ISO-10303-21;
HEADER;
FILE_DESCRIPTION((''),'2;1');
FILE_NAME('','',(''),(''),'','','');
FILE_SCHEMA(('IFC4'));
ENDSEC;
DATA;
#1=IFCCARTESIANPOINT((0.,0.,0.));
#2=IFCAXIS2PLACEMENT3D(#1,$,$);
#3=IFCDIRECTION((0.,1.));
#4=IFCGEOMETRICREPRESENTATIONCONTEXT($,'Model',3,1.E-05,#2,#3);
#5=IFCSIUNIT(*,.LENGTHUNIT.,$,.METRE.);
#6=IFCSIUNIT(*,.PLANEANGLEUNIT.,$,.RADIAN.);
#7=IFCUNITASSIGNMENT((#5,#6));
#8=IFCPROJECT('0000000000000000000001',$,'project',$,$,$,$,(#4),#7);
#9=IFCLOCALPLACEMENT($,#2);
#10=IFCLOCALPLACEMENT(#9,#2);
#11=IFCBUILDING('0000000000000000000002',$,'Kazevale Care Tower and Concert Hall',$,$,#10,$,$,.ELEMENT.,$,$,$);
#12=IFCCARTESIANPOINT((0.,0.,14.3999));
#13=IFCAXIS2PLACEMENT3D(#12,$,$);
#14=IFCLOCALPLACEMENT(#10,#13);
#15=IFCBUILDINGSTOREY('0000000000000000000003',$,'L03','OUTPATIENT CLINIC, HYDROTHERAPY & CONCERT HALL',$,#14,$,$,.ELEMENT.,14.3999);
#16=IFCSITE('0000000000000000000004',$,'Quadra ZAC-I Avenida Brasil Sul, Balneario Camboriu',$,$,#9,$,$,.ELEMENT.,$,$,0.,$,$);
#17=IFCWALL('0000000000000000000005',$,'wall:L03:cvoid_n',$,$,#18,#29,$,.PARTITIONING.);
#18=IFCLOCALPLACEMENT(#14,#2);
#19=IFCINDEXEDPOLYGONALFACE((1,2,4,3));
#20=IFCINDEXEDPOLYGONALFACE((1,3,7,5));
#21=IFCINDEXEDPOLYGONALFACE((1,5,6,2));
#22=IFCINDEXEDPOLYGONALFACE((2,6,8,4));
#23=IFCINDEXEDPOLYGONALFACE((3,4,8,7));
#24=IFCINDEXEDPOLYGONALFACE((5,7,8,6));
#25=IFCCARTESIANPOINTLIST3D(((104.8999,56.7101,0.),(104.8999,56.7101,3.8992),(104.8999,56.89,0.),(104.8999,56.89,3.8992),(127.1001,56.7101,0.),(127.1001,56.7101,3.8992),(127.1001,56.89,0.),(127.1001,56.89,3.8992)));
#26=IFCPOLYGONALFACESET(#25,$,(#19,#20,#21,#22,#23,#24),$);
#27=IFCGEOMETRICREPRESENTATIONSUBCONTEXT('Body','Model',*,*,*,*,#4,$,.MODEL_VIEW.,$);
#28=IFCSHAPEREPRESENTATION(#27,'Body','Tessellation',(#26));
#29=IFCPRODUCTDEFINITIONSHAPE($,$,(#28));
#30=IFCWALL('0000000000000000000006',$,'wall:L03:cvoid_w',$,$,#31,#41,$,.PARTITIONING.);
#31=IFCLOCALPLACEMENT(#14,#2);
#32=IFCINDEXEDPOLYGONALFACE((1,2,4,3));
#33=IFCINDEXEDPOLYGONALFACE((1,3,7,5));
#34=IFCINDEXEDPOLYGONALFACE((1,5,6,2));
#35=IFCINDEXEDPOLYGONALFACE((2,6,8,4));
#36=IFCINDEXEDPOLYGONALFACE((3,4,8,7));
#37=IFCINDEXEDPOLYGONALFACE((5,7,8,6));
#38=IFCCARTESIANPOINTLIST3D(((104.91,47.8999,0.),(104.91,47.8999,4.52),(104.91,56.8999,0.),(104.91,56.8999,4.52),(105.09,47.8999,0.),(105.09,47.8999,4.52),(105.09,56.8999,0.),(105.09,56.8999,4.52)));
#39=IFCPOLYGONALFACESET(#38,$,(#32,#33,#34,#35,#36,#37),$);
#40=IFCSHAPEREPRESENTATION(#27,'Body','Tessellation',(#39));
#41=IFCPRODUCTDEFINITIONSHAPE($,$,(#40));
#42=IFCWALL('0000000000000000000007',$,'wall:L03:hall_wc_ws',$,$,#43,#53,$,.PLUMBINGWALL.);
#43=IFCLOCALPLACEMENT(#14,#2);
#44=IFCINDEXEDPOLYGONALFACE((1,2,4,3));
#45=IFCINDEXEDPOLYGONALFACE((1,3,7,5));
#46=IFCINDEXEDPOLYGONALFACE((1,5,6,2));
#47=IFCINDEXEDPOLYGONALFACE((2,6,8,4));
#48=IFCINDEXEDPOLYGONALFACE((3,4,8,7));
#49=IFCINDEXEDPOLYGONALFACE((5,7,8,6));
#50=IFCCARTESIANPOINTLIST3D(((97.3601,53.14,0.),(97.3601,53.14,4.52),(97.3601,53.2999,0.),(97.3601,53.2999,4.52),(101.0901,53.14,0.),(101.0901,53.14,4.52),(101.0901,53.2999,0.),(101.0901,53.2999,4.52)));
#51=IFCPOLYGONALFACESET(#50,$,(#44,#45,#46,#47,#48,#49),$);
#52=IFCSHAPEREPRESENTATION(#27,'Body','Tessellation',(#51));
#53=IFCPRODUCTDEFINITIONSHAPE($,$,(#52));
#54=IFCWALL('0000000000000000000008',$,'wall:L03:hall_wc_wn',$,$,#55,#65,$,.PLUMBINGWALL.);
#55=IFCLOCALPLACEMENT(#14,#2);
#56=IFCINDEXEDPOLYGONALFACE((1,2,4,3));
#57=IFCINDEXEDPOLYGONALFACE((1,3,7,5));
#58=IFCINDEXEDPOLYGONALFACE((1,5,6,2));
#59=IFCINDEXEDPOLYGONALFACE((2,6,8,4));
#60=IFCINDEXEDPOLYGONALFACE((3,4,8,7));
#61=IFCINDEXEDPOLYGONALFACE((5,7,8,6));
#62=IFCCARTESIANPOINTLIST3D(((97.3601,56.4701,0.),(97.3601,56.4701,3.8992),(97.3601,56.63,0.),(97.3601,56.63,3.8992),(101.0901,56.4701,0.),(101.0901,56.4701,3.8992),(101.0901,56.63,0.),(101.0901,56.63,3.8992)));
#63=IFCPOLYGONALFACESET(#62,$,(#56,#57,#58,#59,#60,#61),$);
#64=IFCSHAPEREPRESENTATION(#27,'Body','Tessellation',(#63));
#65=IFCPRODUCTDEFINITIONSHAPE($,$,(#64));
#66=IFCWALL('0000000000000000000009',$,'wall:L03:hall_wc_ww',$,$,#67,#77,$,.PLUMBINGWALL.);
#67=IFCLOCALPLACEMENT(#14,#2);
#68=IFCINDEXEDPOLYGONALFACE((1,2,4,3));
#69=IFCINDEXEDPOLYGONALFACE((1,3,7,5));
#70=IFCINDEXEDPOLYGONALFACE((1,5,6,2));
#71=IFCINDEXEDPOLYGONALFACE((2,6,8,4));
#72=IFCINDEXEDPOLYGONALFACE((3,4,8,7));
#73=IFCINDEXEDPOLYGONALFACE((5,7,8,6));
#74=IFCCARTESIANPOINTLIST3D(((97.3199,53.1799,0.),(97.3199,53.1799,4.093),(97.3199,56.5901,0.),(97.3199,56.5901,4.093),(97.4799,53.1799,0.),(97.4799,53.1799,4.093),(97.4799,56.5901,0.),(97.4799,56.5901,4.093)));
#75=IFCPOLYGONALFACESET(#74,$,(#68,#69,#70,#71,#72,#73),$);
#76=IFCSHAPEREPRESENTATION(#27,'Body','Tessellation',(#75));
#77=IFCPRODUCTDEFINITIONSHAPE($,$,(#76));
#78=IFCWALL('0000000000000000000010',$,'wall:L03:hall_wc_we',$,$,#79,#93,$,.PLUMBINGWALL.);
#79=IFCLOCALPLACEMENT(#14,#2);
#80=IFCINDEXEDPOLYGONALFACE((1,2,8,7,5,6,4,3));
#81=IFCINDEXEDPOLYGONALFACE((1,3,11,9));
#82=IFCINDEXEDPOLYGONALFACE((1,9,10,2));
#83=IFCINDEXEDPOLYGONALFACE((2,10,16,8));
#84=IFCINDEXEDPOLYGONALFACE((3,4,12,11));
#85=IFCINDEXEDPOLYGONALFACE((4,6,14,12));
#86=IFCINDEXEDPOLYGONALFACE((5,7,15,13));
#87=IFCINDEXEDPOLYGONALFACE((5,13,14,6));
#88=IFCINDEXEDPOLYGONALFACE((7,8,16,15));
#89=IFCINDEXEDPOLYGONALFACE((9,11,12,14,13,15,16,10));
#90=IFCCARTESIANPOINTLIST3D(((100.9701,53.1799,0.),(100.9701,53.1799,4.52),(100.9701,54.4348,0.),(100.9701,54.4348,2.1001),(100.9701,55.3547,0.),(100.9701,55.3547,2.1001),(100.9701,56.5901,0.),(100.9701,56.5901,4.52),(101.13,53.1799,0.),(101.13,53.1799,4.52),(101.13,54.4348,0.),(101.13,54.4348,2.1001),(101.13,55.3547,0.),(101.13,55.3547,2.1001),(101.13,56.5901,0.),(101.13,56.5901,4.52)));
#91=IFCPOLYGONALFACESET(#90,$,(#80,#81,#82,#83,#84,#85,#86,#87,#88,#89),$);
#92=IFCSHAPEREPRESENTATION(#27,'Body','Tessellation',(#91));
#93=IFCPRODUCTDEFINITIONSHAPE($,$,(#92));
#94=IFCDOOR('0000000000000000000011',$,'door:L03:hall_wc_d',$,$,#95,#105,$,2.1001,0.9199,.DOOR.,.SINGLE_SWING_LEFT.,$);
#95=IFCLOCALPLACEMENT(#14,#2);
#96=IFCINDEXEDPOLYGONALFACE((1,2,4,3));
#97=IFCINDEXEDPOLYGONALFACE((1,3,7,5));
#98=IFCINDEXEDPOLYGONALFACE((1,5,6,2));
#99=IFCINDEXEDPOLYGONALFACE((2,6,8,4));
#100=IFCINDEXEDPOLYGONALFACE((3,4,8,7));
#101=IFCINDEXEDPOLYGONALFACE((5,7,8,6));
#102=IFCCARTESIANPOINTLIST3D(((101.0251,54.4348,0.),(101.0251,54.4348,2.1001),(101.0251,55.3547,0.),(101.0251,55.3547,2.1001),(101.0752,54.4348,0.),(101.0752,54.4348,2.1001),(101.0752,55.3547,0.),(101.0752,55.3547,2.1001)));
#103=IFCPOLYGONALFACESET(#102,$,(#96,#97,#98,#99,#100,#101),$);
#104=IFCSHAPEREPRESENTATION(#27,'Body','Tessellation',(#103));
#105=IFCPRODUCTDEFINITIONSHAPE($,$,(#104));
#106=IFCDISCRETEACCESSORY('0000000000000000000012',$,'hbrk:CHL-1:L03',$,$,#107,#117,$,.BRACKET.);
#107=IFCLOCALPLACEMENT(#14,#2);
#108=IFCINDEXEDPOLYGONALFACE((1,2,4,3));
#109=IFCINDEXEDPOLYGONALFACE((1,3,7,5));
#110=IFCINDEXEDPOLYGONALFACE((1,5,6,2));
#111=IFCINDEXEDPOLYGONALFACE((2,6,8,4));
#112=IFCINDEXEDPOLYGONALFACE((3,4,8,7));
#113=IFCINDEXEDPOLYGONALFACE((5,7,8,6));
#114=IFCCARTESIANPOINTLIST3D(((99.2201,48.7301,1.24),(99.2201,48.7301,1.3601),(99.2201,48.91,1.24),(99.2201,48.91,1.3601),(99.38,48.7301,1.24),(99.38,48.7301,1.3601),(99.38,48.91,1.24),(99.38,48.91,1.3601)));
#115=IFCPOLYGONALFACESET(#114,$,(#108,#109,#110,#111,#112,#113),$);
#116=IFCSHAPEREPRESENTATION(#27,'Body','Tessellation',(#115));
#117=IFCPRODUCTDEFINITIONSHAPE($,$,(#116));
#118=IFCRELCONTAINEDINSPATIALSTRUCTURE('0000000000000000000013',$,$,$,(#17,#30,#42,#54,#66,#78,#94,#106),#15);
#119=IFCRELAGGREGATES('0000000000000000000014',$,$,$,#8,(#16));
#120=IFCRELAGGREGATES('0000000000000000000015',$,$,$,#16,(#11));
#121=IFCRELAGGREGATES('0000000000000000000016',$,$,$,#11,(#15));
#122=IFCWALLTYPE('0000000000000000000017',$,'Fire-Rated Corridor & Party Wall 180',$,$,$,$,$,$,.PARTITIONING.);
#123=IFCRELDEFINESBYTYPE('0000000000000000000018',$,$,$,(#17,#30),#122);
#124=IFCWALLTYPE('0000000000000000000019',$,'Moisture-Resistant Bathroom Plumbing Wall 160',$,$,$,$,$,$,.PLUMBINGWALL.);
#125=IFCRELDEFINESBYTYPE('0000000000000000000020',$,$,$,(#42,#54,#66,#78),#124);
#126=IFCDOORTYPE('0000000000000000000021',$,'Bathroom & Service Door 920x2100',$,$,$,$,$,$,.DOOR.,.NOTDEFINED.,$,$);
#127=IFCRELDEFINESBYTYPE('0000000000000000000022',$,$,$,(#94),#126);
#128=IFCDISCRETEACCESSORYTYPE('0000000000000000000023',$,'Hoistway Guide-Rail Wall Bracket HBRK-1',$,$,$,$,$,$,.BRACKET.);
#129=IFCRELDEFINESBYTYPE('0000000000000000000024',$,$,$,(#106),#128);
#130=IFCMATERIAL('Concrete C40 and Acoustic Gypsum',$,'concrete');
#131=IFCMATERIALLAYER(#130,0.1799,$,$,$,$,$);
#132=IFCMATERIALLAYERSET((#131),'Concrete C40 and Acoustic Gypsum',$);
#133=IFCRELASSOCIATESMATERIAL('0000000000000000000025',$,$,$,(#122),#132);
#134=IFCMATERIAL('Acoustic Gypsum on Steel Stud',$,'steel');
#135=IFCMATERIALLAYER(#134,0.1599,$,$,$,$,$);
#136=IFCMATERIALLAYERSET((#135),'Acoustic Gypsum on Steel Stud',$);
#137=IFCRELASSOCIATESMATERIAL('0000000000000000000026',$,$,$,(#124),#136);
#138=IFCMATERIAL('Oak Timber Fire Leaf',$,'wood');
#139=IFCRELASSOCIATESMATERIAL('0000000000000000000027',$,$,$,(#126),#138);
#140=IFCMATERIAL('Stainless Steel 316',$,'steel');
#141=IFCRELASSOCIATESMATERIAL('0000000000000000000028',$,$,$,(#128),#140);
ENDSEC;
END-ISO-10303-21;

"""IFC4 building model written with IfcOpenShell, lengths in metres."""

from ifc_helpers import new_model, si_unit, direction, frame, frame_2d, origin, origin_2d, place, context, subcontext, project, spatial, rectangle, extrude, material, layer, layer_set, type_object, element, fill, save


model = new_model("IFC4")

# Units and contexts
model_context = context("Model", 3, precision=1e-05, world=origin(), true_north=direction((0.0, 1.0)))
body_context = subcontext(model_context, "Body", "Model", "MODEL_VIEW")
ifc_project = project(units=[si_unit("LENGTHUNIT", "METRE"), si_unit("PLANEANGLEUNIT", "RADIAN")], contexts=[model_context])

# Site, building, storey
site_placement = place(None, origin())
site = spatial("IfcSite", under=ifc_project, at=site_placement, Name="Quadra ZAC-I Avenida Brasil Sul, Balneario Camboriu", CompositionType="ELEMENT", RefElevation=0.0)
building_placement = place(site_placement, origin())
building = spatial("IfcBuilding", under=site, at=building_placement, Name="Kazevale Care Tower and Concert Hall", CompositionType="ELEMENT")
storey_placement = place(building_placement, frame((0.0, 0.0, 14.3999)))
storey = spatial("IfcBuildingStorey", under=building, at=storey_placement, Name="L03", Description="OUTPATIENT CLINIC, HYDROTHERAPY & CONCERT HALL", CompositionType="ELEMENT", Elevation=14.3999)

# Shared definitions
ifc_material_1 = material(Name="Stainless Steel 316", Category="steel")

# Walls
ifc_material_2 = material(Name="Concrete C40 and Acoustic Gypsum", Category="concrete")
ifc_layer_1 = layer(ifc_material_2, 0.1799)
ifc_layer_set_1 = layer_set([ifc_layer_1], Name="Concrete C40 and Acoustic Gypsum")
wall_type_1 = type_object("IfcWallType", Name="Fire-Rated Corridor & Party Wall 180", PredefinedType="PARTITIONING", material=ifc_layer_set_1)
wall_1_placement = place(storey_placement, frame((104.8999, 56.8, 0.0), z_axis=(0.0, 0.0, 1.0), x_axis=(1.0, 0.0, 0.0)))
element("IfcWall", 1, at=wall_1_placement, inside=storey, type_object=wall_type_1, Name="wall:L03:cvoid_n", PredefinedType="PARTITIONING", context=body_context, shape_type="SweptSolid", body=[
    extrude(rectangle(XDim=22.2002, YDim=0.1799, at=frame_2d((11.1001, 0.0))), origin(), (0.0, 0.0, 1.0), 3.8992),
])
wall_2_placement = place(storey_placement, frame((105.0, 47.8999, 0.0), z_axis=(0.0, 0.0, 1.0), x_axis=(0.0, 1.0, 0.0)))
element("IfcWall", 2, at=wall_2_placement, inside=storey, type_object=wall_type_1, Name="wall:L03:cvoid_w", PredefinedType="PARTITIONING", context=body_context, shape_type="SweptSolid", body=[
    extrude(rectangle(XDim=9.0, YDim=0.1799, at=frame_2d((4.5, 0.0))), origin(), (0.0, 0.0, 1.0), 4.52),
])
ifc_material_3 = material(Name="Acoustic Gypsum on Steel Stud", Category="steel")
ifc_layer_2 = layer(ifc_material_3, 0.1599)
ifc_layer_set_2 = layer_set([ifc_layer_2], Name="Acoustic Gypsum on Steel Stud")
wall_type_2 = type_object("IfcWallType", Name="Moisture-Resistant Bathroom Plumbing Wall 160", PredefinedType="PLUMBINGWALL", material=ifc_layer_set_2)
wall_3_placement = place(storey_placement, frame((97.3601, 53.22, 0.0), z_axis=(0.0, 0.0, 1.0), x_axis=(1.0, 0.0, 0.0)))
element("IfcWall", 3, at=wall_3_placement, inside=storey, type_object=wall_type_2, Name="wall:L03:hall_wc_ws", PredefinedType="PLUMBINGWALL", context=body_context, shape_type="SweptSolid", body=[
    extrude(rectangle(XDim=3.73, YDim=0.1599, at=frame_2d((1.865, 0.0))), origin(), (0.0, 0.0, 1.0), 4.52),
])
wall_4_placement = place(storey_placement, frame((97.3601, 56.55, 0.0), z_axis=(0.0, 0.0, 1.0), x_axis=(1.0, 0.0, 0.0)))
element("IfcWall", 4, at=wall_4_placement, inside=storey, type_object=wall_type_2, Name="wall:L03:hall_wc_wn", PredefinedType="PLUMBINGWALL", context=body_context, shape_type="SweptSolid", body=[
    extrude(rectangle(XDim=3.73, YDim=0.1599, at=frame_2d((1.865, 0.0))), origin(), (0.0, 0.0, 1.0), 3.8992),
])
wall_5_placement = place(storey_placement, frame((97.3999, 53.1799, 0.0), z_axis=(0.0, 0.0, 1.0), x_axis=(0.0, 1.0, 0.0)))
element("IfcWall", 5, at=wall_5_placement, inside=storey, type_object=wall_type_2, Name="wall:L03:hall_wc_ww", PredefinedType="PLUMBINGWALL", context=body_context, shape_type="SweptSolid", body=[
    extrude(rectangle(XDim=3.4102, YDim=0.1599, at=frame_2d((1.7051, 0.0))), origin(), (0.0, 0.0, 1.0), 4.093),
])

# Wall, opening, door
wall_6_placement = place(storey_placement, frame((101.05, 53.1799, 0.0), z_axis=(0.0, 0.0, 1.0), x_axis=(0.0, 1.0, 0.0)))
wall_6 = element("IfcWall", 6, at=wall_6_placement, inside=storey, type_object=wall_type_2, Name="wall:L03:hall_wc_we", PredefinedType="PLUMBINGWALL", context=body_context, shape_type="SweptSolid", body=[
    extrude(rectangle(XDim=3.4102, YDim=0.1599, at=frame_2d((1.7051, 0.0))), origin(), (0.0, 0.0, 1.0), 4.52),
])
opening_1_placement = place(wall_6_placement, frame((1.2549, 0.0, 0.0)))
opening_1 = element("IfcOpeningElement", 7, at=opening_1_placement, cuts=wall_6, PredefinedType="OPENING", context=body_context, shape_type="SweptSolid", body=[
    extrude(rectangle(XDim=0.9199, YDim=2.1001, at=frame_2d((0.46, 1.05))), frame((0.0, 0.0898, 0.0), z_axis=(0.0, -1.0, 0.0), x_axis=(1.0, 0.0, 0.0)), (0.0, 0.0, 1.0), 0.1799),
])
ifc_material_4 = material(Name="Oak Timber Fire Leaf", Category="wood")
door_type_1 = type_object("IfcDoorType", Name="Bathroom & Service Door 920x2100", OperationType="NOTDEFINED", PredefinedType="DOOR", material=ifc_material_4)
door_1_placement = place(opening_1_placement, origin())
door_1 = element("IfcDoor", 8, at=door_1_placement, inside=storey, type_object=door_type_1, Name="door:L03:hall_wc_d", OperationType="SINGLE_SWING_LEFT", OverallHeight=2.1001, OverallWidth=0.9199, PredefinedType="DOOR", context=body_context, shape_type="SweptSolid", body=[
    extrude(rectangle(XDim=0.9199, YDim=2.1001, at=frame_2d((0.46, 1.05))), frame((0.0, 0.0249, 0.0), z_axis=(0.0, -1.0, 0.0), x_axis=(1.0, 0.0, 0.0)), (0.0, 0.0, 1.0), 0.05),
])
fill(opening_1, door_1)

# Discrete accessory
discrete_accessory_type = type_object("IfcDiscreteAccessoryType", Name="Hoistway Guide-Rail Wall Bracket HBRK-1", PredefinedType="BRACKET", material=ifc_material_1)
discrete_accessory_placement = place(storey_placement, frame((99.3, 48.8201, 1.24), z_axis=(0.0, 0.0, 1.0), x_axis=(1.0, 0.0, 0.0)))
element("IfcDiscreteAccessory", 9, at=discrete_accessory_placement, inside=storey, type_object=discrete_accessory_type, Name="hbrk:CHL-1:L03", PredefinedType="BRACKET", context=body_context, shape_type="SweptSolid", body=[
    extrude(rectangle(XDim=0.1599, YDim=0.1799, at=origin_2d()), origin(), (0.0, 0.0, 1.0), 0.1201),
])

save(model, "model.ifc")
